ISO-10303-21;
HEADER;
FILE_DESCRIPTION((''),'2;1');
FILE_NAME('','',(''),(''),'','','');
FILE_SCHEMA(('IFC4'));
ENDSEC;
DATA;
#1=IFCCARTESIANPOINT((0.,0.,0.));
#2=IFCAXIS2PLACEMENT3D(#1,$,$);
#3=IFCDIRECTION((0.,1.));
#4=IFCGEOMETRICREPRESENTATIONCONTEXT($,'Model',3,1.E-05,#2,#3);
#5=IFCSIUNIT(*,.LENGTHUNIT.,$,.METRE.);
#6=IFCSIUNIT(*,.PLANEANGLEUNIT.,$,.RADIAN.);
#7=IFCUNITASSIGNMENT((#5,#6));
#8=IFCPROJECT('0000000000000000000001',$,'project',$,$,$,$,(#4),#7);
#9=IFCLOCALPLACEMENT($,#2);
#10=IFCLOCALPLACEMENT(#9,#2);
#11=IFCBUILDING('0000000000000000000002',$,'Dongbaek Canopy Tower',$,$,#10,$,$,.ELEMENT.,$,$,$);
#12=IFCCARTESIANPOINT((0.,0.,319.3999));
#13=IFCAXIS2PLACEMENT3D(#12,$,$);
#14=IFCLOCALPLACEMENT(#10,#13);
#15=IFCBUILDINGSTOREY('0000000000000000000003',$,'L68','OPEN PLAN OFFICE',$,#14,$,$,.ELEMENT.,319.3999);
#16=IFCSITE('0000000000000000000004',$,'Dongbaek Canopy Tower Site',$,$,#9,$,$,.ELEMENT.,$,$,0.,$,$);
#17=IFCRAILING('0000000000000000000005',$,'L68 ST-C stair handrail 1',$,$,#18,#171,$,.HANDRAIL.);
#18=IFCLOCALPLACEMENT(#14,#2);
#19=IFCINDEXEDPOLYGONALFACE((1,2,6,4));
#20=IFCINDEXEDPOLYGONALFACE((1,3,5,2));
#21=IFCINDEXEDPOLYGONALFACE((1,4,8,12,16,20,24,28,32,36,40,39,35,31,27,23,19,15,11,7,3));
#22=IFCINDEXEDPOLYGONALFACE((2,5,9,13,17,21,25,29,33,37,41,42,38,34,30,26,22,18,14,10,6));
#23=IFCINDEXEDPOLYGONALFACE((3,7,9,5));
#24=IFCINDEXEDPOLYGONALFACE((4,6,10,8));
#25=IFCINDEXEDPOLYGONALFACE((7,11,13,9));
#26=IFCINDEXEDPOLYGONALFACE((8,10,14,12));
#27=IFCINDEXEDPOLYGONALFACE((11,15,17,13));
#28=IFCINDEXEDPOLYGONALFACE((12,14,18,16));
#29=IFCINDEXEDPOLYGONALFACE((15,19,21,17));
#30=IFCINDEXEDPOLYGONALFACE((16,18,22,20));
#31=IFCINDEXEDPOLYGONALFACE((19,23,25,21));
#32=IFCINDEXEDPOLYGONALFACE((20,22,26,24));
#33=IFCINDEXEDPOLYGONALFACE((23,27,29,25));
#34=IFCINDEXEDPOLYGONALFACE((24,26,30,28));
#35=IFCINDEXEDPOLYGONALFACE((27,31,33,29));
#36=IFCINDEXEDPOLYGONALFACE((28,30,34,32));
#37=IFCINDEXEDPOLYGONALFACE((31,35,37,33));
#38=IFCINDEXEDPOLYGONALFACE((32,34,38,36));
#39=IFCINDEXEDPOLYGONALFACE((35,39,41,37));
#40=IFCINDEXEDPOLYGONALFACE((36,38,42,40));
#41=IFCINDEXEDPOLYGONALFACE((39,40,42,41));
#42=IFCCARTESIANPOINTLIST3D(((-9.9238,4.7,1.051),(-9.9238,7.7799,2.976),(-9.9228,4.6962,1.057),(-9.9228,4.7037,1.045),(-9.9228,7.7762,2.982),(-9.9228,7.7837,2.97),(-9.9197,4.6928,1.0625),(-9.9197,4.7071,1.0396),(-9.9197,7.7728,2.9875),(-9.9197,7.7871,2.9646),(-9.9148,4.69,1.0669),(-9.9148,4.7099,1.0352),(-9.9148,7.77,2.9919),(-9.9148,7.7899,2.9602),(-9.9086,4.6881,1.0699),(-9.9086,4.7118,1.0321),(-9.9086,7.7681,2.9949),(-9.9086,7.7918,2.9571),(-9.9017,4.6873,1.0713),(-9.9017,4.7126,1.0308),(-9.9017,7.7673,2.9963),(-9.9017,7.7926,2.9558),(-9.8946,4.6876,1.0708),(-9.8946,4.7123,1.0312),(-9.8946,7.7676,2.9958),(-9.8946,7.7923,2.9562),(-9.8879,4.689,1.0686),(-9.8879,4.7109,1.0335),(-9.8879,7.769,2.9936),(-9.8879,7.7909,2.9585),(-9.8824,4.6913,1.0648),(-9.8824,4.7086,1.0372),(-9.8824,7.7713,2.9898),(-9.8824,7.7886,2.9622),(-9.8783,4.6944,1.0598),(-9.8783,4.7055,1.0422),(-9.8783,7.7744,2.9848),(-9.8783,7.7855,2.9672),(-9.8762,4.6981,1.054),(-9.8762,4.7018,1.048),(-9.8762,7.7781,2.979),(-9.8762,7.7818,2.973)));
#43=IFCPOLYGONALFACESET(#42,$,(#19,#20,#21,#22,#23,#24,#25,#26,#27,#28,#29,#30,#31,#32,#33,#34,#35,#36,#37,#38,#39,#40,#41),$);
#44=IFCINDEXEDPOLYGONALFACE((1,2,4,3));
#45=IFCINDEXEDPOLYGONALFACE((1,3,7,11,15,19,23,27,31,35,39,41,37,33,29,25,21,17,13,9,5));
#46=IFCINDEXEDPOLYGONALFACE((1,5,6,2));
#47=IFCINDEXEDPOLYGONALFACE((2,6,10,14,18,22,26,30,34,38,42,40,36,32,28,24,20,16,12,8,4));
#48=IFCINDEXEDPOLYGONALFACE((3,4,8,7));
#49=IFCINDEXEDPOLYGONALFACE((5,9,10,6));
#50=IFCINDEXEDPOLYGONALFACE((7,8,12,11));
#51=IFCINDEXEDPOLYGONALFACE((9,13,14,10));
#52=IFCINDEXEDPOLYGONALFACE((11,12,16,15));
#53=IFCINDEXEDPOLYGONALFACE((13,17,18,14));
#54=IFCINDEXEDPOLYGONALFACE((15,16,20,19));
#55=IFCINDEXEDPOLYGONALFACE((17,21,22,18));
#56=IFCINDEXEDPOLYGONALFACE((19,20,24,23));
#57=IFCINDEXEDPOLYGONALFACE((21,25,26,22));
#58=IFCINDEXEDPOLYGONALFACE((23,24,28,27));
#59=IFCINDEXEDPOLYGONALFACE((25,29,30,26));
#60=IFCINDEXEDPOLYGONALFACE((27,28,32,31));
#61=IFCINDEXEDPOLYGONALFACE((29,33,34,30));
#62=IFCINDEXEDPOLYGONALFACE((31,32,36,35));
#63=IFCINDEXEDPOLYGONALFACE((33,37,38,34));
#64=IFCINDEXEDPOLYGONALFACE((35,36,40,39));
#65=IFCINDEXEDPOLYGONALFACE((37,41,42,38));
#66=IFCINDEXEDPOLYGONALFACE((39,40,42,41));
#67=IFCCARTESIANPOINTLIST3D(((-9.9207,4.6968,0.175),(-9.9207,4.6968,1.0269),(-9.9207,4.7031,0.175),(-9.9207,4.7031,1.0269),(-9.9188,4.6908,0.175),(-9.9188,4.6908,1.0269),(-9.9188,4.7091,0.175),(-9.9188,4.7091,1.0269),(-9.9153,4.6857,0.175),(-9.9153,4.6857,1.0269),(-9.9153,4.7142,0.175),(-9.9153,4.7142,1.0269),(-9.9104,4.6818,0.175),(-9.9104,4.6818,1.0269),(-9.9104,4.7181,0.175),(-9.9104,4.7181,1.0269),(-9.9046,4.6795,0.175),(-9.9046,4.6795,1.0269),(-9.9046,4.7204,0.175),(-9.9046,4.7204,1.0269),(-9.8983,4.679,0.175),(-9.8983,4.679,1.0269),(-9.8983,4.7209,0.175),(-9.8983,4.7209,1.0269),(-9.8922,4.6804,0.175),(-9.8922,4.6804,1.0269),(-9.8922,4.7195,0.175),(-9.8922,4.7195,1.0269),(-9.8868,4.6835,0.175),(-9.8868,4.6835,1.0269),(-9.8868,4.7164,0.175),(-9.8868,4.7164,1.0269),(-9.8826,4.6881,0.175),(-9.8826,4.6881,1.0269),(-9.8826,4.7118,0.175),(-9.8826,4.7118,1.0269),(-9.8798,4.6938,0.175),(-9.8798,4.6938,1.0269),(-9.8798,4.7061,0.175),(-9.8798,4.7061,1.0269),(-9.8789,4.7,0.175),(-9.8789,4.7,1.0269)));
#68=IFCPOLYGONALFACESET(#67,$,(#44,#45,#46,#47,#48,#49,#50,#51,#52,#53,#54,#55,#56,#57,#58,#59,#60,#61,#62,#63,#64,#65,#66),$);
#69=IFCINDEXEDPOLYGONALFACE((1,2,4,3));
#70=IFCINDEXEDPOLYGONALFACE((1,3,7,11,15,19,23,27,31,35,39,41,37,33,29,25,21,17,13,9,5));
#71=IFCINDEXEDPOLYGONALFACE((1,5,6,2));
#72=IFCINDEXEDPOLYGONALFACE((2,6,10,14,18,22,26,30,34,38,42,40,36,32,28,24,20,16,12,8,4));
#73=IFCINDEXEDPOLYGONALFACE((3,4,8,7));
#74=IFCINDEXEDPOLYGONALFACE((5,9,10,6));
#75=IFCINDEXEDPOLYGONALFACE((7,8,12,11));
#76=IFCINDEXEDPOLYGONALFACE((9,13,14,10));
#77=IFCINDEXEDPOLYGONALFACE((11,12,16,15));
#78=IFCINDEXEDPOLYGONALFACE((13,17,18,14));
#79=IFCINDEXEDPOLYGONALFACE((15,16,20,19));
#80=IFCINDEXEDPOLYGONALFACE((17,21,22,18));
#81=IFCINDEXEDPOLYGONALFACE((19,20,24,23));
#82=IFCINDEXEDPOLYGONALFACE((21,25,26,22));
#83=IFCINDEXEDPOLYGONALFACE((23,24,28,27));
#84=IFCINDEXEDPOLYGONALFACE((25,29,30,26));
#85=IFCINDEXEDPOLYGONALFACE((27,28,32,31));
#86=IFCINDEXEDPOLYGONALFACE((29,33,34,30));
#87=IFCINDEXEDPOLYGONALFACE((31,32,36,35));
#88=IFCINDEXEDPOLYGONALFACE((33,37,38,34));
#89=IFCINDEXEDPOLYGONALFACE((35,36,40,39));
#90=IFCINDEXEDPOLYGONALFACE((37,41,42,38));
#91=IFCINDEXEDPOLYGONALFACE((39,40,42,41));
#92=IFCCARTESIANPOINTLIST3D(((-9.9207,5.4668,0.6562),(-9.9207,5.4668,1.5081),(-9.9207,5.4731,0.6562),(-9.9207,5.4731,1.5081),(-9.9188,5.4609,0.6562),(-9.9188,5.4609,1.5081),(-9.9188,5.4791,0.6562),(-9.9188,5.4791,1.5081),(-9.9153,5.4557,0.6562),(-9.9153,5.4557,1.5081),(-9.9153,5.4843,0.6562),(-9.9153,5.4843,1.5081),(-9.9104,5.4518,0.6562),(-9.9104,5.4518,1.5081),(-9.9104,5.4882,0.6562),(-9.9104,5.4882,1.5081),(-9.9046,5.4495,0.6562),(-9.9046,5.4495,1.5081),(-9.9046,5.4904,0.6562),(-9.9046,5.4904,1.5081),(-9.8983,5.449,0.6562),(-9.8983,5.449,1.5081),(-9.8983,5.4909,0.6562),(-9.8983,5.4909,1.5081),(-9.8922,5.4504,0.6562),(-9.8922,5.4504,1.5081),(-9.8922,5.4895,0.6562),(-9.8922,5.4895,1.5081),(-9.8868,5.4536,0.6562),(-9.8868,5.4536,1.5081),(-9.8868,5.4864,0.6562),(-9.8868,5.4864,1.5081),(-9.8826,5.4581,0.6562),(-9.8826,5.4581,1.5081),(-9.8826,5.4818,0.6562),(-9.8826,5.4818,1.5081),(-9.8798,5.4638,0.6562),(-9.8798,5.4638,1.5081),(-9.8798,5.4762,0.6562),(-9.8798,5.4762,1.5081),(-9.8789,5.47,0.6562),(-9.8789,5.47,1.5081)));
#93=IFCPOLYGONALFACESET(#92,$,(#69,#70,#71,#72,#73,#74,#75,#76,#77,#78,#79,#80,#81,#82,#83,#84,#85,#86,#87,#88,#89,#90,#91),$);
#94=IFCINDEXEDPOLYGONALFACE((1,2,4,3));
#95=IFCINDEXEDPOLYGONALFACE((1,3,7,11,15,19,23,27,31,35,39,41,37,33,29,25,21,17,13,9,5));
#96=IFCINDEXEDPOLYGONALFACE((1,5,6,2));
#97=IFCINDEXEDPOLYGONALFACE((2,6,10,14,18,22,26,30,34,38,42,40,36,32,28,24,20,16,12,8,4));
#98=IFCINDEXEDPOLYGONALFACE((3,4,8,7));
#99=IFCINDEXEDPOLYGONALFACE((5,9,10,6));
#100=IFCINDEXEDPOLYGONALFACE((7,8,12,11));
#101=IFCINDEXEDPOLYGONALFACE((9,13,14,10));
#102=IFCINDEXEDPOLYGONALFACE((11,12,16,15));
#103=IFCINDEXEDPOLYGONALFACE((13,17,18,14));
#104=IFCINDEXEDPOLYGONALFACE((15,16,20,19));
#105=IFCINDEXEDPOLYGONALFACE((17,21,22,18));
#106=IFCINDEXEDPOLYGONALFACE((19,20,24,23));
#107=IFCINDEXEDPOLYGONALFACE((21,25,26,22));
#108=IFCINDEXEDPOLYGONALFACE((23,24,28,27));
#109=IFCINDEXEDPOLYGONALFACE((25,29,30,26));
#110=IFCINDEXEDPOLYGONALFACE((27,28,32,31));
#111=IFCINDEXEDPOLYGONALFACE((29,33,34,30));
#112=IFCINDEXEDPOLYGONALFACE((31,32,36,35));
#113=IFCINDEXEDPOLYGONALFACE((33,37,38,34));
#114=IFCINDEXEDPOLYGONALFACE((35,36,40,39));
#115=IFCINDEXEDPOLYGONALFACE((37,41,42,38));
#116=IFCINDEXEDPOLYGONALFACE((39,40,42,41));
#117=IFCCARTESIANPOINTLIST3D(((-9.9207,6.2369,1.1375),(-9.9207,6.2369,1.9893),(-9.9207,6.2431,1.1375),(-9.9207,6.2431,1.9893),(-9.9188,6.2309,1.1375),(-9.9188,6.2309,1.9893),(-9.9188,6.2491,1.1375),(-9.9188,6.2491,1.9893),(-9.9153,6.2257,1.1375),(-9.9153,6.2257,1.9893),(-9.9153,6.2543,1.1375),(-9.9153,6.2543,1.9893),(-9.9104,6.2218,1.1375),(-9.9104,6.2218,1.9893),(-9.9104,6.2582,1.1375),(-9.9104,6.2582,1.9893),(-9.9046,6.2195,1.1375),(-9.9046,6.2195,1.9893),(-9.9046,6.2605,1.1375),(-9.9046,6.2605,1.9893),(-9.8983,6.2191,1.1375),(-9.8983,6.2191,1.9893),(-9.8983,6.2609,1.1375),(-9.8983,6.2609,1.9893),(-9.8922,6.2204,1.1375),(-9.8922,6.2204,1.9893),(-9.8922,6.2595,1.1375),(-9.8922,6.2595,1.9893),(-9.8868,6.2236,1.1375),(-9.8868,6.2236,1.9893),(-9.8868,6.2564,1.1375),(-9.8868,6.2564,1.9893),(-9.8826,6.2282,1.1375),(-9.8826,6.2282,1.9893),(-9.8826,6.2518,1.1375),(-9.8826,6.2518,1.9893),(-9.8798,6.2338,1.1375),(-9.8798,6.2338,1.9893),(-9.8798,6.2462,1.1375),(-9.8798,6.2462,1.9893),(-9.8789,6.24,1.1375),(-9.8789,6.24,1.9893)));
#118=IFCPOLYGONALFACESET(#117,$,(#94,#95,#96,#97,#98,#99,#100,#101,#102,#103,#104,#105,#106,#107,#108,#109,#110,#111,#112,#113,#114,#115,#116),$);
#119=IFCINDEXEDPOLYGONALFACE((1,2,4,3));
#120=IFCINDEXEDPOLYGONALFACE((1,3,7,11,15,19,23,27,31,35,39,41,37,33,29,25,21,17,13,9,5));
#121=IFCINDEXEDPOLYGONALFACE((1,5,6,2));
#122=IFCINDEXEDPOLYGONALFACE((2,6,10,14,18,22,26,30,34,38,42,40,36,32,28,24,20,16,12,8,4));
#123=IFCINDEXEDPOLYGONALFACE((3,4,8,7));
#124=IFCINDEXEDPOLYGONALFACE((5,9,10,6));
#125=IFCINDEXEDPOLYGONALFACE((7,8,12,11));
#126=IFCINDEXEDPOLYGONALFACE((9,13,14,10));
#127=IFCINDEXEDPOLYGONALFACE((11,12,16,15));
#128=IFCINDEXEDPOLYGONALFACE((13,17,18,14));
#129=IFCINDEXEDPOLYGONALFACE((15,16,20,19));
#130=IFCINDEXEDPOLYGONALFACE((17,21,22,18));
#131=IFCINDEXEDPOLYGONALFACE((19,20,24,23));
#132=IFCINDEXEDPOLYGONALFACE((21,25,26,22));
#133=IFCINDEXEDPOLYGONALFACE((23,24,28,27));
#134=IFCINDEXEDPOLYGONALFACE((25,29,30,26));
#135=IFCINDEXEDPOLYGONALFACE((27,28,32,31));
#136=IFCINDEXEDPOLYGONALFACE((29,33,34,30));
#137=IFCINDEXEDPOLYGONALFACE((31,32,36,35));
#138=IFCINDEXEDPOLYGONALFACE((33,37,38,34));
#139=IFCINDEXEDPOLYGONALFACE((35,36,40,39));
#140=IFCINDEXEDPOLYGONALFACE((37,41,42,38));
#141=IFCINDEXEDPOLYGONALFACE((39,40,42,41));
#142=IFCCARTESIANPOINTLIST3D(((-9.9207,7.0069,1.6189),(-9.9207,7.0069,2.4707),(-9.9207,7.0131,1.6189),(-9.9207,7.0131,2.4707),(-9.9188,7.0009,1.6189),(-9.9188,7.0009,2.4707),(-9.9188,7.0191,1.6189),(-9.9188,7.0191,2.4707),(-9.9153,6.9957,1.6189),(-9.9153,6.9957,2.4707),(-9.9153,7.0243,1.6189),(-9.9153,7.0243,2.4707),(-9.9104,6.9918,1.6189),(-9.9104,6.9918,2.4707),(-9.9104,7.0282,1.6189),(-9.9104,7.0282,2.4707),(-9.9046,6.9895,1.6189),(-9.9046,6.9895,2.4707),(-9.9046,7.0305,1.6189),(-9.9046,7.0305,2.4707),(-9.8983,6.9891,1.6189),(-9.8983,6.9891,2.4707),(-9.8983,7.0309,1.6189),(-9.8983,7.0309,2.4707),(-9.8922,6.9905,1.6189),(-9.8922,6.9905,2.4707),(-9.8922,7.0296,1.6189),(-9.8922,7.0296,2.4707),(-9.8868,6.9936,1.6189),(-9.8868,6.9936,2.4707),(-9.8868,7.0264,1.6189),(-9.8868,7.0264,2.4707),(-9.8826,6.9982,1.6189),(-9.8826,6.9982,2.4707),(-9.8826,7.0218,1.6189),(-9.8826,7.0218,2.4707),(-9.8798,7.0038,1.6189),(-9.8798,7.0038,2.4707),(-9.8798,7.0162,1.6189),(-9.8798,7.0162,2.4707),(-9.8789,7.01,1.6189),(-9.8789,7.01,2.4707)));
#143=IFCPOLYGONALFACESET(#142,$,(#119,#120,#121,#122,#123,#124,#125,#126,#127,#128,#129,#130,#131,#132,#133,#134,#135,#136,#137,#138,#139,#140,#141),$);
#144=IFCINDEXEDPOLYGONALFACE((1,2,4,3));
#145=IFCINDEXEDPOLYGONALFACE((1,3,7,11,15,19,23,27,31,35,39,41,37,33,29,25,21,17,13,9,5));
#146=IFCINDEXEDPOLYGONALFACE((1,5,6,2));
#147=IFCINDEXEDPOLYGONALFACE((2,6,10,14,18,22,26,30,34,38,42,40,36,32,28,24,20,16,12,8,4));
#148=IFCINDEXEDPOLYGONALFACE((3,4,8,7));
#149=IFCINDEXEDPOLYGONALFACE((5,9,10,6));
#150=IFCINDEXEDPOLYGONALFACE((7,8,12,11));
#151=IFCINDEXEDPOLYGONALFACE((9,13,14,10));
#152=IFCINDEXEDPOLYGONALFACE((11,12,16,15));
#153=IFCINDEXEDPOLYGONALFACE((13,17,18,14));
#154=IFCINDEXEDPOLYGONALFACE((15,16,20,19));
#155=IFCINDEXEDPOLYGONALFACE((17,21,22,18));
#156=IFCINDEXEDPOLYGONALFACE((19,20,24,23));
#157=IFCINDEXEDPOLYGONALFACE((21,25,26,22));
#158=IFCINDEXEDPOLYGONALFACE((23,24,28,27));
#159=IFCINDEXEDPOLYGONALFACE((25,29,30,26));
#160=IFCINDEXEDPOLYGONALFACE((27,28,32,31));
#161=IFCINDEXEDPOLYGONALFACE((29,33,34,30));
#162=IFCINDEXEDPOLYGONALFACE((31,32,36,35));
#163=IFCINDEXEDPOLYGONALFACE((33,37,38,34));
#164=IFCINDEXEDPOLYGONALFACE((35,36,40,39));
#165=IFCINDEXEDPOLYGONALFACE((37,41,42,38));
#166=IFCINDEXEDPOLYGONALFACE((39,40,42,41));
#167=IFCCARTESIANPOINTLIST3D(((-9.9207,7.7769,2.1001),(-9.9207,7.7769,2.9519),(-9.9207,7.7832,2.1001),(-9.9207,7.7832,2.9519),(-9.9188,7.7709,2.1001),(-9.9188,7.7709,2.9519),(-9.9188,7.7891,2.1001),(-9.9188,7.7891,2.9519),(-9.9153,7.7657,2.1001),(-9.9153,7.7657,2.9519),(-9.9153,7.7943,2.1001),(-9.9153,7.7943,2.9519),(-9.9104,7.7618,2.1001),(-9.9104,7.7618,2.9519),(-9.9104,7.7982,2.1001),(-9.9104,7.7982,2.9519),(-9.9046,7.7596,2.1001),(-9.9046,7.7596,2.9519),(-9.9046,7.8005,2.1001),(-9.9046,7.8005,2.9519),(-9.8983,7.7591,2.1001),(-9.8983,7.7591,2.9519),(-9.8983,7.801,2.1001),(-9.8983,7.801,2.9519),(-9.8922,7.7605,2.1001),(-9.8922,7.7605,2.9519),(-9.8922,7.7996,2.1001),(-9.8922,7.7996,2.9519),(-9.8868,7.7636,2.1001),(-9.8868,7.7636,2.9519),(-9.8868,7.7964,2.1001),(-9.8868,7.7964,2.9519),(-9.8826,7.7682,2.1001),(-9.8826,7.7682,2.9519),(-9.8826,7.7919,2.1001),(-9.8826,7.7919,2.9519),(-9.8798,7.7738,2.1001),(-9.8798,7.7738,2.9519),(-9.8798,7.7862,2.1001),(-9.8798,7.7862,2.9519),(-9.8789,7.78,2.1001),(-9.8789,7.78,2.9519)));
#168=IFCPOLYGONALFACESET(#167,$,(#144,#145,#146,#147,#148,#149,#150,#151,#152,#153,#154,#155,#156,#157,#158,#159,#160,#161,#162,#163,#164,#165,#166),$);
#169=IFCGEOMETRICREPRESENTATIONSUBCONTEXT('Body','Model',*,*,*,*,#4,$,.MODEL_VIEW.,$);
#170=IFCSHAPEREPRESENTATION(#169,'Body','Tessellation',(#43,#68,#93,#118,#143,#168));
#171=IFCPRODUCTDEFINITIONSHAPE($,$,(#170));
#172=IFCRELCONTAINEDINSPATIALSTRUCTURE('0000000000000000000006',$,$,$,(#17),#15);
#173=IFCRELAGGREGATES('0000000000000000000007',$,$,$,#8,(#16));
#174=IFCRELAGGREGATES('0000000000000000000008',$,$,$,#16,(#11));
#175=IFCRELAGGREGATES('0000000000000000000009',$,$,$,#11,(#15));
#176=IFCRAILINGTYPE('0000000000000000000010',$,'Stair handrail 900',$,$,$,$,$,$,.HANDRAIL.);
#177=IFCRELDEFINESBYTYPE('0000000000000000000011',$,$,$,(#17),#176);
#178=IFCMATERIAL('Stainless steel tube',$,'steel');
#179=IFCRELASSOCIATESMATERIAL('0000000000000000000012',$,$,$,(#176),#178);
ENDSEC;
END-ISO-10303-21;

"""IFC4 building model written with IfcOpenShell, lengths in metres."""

from ifc_helpers import new_model, si_unit, direction, frame, origin, origin_2d, place, context, subcontext, project, spatial, circle, extrude, material, type_object, element, save


model = new_model("IFC4")

# Units and contexts
model_context = context("Model", 3, precision=1e-05, world=origin(), true_north=direction((0.0, 1.0)))
body_context = subcontext(model_context, "Body", "Model", "MODEL_VIEW")
ifc_project = project(units=[si_unit("LENGTHUNIT", "METRE"), si_unit("PLANEANGLEUNIT", "RADIAN")], contexts=[model_context])

# Site, building, storey
site_placement = place(None, origin())
site = spatial("IfcSite", under=ifc_project, at=site_placement, Name="Dongbaek Canopy Tower Site", CompositionType="ELEMENT", RefElevation=0.0)
building_placement = place(site_placement, origin())
building = spatial("IfcBuilding", under=site, at=building_placement, Name="Dongbaek Canopy Tower", CompositionType="ELEMENT")
storey_placement = place(building_placement, frame((0.0, 0.0, 319.3999)))
storey = spatial("IfcBuildingStorey", under=building, at=storey_placement, Name="L68", Description="OPEN PLAN OFFICE", CompositionType="ELEMENT", Elevation=319.3999)

# Railing
ifc_material_1 = material(Name="Stainless steel tube", Category="steel")
railing_type_1 = type_object("IfcRailingType", Name="Stair handrail 900", PredefinedType="HANDRAIL", material=ifc_material_1)
railing_1_placement = place(storey_placement, frame((-9.8999, 4.7, 0.175)))
element("IfcRailing", 1, at=railing_1_placement, inside=storey, type_object=railing_type_1, Name="L68 ST-C stair handrail 1", PredefinedType="HANDRAIL", context=body_context, shape_type="SweptSolid", body=[
    extrude(circle(Radius=0.0239, at=origin_2d()), frame((0.0, 0.0, 0.876), z_axis=(0.0, 0.847998, 0.529999), x_axis=(-1.0, 0.0, 0.0)), (0.0, 0.0, 1.0), 3.6321),
    extrude(circle(Radius=0.021, at=origin_2d()), origin(), (0.0, 0.0, 1.0), 0.8518),
    extrude(circle(Radius=0.021, at=origin_2d()), frame((0.0, 0.77, 0.4812)), (0.0, 0.0, 1.0), 0.8518),
    extrude(circle(Radius=0.021, at=origin_2d()), frame((0.0, 1.54, 0.9624)), (0.0, 0.0, 1.0), 0.8518),
    extrude(circle(Radius=0.021, at=origin_2d()), frame((0.0, 2.3101, 1.4438)), (0.0, 0.0, 1.0), 0.8518),
    extrude(circle(Radius=0.021, at=origin_2d()), frame((0.0, 3.0801, 1.925)), (0.0, 0.0, 1.0), 0.8518),
])

save(model, "model.ifc")
